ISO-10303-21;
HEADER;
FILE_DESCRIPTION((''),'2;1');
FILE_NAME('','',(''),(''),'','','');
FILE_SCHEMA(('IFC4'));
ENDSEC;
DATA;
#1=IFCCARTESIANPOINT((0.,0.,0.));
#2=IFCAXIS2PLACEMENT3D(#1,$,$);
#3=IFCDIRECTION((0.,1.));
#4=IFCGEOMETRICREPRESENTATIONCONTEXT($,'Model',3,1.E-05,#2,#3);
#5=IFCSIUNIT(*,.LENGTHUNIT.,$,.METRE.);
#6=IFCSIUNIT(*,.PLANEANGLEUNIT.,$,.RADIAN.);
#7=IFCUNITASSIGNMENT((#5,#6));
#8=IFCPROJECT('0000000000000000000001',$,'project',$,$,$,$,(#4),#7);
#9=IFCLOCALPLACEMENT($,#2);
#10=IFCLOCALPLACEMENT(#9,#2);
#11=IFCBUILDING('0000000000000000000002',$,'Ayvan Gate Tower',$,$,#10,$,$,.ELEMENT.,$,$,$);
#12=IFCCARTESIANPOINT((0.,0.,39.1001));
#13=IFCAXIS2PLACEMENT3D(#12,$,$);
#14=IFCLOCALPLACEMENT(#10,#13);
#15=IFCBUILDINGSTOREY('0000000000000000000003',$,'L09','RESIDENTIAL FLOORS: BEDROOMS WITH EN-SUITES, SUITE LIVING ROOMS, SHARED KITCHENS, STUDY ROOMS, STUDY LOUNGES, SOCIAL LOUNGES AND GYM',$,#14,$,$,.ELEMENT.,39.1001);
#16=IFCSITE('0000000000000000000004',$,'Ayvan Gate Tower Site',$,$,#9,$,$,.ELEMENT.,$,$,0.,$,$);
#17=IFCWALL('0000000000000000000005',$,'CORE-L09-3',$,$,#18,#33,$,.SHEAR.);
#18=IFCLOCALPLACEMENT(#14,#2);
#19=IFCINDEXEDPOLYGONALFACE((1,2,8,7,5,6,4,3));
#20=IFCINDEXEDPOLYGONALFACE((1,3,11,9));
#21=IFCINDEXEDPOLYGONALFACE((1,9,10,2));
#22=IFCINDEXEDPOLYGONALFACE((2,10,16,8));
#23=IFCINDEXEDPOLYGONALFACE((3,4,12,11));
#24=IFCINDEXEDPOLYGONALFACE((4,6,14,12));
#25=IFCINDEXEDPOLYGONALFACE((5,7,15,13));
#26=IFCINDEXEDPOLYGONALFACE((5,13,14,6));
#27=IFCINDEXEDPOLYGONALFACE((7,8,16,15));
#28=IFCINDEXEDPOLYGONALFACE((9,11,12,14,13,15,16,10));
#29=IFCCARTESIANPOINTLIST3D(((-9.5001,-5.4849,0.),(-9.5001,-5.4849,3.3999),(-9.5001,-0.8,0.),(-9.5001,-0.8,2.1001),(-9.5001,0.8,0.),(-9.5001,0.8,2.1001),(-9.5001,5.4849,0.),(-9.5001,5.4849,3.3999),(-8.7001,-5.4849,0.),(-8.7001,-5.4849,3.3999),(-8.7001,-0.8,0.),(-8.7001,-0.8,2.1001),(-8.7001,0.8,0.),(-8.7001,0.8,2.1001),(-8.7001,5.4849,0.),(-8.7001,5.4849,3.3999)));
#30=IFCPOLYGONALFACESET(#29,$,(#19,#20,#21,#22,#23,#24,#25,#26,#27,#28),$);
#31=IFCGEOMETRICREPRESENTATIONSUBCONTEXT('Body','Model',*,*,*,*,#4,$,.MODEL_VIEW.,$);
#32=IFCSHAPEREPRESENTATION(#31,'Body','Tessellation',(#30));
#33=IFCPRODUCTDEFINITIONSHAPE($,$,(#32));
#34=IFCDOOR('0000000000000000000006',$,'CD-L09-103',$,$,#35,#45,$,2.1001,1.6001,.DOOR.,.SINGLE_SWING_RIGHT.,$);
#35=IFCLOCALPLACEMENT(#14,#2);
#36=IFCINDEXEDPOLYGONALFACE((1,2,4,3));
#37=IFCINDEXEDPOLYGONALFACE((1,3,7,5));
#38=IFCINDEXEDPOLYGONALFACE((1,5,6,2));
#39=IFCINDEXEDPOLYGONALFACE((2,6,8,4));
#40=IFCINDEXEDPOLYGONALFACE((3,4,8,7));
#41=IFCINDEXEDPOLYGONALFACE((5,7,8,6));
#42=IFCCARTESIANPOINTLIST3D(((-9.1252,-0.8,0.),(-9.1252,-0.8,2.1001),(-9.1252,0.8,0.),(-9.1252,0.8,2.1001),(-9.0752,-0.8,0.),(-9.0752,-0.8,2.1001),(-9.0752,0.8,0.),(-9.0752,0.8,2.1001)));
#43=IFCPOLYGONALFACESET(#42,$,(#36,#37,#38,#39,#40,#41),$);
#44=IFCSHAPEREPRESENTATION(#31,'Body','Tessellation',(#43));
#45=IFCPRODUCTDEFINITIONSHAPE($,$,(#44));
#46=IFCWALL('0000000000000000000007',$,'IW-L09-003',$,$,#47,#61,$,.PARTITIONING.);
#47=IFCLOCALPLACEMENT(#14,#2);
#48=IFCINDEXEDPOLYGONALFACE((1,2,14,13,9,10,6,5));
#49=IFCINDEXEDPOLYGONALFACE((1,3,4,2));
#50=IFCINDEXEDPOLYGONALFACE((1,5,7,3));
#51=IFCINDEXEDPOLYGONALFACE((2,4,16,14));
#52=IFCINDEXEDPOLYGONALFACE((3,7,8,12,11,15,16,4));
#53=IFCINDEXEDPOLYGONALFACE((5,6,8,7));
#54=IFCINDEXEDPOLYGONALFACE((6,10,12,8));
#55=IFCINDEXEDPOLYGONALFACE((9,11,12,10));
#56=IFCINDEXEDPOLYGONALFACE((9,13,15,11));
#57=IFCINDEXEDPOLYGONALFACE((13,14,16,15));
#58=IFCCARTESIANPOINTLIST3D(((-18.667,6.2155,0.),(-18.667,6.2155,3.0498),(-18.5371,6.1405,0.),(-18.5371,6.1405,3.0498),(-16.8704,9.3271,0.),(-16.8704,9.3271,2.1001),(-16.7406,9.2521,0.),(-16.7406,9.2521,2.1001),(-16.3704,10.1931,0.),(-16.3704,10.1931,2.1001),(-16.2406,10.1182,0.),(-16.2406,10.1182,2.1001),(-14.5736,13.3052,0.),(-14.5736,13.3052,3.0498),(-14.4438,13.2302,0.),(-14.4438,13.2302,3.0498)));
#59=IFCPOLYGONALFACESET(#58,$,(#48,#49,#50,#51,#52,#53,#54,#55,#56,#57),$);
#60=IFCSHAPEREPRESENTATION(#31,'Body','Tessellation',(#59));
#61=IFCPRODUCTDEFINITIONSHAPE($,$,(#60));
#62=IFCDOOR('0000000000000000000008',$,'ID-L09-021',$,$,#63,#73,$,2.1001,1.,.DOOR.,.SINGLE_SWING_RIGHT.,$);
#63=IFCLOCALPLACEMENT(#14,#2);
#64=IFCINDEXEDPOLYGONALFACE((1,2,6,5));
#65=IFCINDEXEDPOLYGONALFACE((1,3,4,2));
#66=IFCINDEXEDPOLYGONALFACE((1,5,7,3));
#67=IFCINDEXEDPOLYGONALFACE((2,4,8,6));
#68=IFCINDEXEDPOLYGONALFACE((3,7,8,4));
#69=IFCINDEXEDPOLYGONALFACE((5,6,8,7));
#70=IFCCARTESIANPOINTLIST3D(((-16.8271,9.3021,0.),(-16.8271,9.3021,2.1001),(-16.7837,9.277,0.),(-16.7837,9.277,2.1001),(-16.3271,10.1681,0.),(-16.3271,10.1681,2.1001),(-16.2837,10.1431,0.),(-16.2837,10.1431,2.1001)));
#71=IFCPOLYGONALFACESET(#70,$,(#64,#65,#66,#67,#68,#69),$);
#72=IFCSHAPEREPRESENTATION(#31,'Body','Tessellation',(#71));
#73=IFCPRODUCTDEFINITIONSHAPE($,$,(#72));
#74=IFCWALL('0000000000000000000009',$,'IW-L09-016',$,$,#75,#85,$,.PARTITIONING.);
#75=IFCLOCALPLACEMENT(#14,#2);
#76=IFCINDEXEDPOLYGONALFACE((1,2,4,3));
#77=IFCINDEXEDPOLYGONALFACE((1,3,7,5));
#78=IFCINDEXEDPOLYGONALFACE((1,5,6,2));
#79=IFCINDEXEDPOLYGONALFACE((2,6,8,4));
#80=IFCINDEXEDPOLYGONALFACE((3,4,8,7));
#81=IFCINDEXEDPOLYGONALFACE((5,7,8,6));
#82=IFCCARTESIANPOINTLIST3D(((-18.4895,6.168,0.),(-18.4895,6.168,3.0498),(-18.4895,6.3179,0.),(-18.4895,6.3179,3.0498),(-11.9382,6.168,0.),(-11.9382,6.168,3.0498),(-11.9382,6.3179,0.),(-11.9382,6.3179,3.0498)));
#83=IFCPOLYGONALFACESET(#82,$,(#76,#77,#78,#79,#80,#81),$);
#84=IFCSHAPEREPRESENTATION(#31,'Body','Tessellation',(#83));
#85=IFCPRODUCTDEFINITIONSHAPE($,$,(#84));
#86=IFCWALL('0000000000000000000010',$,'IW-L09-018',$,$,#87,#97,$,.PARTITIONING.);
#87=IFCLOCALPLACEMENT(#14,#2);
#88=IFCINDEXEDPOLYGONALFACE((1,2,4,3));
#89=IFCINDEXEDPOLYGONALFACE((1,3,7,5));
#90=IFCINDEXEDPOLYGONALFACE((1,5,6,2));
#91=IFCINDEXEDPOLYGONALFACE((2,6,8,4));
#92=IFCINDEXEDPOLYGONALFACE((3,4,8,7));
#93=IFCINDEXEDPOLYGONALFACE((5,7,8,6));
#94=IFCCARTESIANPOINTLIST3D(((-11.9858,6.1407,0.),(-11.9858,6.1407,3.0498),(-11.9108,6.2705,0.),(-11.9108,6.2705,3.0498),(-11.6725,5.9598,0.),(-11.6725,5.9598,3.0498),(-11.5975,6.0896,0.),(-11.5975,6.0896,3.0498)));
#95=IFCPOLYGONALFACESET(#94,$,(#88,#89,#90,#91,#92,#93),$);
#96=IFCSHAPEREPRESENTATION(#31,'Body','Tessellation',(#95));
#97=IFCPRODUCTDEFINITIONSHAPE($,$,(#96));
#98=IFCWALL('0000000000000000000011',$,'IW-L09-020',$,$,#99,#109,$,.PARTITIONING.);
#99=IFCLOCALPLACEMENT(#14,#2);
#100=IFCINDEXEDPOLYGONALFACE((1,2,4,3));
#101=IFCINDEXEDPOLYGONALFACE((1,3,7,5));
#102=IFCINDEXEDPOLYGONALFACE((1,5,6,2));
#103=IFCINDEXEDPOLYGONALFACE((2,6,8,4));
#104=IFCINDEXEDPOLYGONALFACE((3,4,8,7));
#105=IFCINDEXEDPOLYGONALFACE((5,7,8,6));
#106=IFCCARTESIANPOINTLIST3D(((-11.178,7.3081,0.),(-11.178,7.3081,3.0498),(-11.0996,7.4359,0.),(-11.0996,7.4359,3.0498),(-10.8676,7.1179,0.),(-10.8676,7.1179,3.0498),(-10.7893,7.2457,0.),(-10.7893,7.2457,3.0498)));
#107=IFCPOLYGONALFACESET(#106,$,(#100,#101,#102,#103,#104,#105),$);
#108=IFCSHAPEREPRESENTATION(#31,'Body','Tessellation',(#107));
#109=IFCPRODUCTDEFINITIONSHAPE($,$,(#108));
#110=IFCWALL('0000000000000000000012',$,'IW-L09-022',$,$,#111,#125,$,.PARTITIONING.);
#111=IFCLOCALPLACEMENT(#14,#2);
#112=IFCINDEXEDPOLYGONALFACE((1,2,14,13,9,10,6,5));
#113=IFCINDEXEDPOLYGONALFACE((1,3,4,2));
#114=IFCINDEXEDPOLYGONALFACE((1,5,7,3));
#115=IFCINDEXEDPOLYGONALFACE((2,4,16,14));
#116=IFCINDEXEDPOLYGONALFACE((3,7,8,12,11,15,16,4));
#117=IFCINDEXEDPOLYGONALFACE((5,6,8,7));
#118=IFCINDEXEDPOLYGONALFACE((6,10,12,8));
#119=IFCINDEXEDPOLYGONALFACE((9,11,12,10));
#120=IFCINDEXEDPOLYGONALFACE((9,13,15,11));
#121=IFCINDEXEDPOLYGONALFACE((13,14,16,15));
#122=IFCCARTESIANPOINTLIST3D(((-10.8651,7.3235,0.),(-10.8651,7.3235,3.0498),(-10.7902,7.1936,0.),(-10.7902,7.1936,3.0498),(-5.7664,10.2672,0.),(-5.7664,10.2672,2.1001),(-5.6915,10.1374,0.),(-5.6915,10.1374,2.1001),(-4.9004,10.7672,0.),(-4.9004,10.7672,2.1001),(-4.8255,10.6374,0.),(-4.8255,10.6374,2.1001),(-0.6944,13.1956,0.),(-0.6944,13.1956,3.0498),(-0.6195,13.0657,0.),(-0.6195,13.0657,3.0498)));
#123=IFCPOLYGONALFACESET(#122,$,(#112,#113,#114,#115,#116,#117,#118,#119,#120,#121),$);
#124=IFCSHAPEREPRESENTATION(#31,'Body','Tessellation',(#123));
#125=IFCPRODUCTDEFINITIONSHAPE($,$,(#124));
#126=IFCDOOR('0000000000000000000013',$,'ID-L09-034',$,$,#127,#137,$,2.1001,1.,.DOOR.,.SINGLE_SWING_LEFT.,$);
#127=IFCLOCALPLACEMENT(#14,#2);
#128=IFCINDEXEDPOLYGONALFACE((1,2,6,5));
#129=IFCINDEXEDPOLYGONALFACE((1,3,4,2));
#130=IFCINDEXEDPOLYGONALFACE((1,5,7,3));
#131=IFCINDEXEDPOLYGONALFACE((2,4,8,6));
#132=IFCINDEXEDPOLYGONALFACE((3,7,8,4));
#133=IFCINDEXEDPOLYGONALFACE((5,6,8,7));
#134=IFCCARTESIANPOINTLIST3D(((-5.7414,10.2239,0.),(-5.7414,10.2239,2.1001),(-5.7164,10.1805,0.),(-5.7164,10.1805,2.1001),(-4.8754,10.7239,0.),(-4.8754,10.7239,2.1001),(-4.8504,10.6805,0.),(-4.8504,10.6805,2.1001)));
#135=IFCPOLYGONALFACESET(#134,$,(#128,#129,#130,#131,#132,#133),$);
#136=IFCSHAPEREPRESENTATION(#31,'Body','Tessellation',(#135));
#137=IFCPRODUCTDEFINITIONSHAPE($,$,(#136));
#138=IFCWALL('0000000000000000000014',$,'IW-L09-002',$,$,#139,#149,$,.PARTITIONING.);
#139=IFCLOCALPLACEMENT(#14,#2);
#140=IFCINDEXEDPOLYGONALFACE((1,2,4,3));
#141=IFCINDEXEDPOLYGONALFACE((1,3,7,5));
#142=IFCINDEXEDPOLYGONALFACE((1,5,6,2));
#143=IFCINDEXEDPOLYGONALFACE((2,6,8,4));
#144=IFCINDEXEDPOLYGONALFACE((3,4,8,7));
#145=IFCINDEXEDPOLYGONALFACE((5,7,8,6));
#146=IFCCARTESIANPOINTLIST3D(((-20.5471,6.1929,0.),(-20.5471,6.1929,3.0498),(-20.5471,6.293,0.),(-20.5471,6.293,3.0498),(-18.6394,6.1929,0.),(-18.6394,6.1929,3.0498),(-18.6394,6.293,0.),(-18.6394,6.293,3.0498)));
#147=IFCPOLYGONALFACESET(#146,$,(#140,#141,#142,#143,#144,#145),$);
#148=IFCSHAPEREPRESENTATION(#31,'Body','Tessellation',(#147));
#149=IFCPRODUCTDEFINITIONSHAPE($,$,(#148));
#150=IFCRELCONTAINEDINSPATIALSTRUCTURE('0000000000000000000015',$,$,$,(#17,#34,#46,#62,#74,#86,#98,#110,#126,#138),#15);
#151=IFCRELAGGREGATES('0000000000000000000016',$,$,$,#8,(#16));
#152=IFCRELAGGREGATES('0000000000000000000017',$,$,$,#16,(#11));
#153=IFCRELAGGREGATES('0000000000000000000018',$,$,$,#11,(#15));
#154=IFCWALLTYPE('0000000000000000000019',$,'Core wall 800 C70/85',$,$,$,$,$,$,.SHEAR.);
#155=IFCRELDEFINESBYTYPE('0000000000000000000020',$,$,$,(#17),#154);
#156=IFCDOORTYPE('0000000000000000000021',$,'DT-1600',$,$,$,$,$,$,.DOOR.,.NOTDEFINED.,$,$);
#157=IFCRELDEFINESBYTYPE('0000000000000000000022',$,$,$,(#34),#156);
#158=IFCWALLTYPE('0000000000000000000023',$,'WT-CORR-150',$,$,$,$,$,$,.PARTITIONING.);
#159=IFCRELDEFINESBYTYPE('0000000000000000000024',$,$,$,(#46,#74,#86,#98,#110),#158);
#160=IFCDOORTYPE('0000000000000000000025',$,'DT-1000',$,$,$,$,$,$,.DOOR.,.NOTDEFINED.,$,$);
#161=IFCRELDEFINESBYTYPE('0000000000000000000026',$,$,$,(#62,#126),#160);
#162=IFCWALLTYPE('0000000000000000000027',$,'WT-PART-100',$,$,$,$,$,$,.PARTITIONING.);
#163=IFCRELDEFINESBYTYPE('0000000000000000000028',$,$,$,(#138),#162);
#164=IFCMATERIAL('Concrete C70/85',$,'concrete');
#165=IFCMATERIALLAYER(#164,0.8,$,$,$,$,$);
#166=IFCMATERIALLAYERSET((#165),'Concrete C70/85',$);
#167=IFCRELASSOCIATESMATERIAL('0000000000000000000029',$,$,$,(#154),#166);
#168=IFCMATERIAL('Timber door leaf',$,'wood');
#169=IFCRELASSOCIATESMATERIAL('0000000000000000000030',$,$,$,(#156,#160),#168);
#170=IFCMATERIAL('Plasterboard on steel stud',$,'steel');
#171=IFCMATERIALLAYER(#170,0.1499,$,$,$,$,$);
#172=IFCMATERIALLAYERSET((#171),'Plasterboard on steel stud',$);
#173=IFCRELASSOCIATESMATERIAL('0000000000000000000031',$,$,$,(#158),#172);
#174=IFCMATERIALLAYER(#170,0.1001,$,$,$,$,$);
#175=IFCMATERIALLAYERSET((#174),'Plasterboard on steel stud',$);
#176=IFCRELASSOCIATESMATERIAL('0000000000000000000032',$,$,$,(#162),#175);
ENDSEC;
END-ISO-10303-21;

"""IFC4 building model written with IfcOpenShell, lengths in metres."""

from ifc_helpers import new_model, si_unit, direction, frame, frame_2d, origin, place, context, subcontext, project, spatial, rectangle, extrude, material, layer, layer_set, type_object, element, fill, save


model = new_model("IFC4")

# Units and contexts
model_context = context("Model", 3, precision=1e-05, world=origin(), true_north=direction((0.0, 1.0)))
body_context = subcontext(model_context, "Body", "Model", "MODEL_VIEW")
ifc_project = project(units=[si_unit("LENGTHUNIT", "METRE"), si_unit("PLANEANGLEUNIT", "RADIAN")], contexts=[model_context])

# Site, building, storey
site_placement = place(None, origin())
site = spatial("IfcSite", under=ifc_project, at=site_placement, Name="Ayvan Gate Tower Site", CompositionType="ELEMENT", RefElevation=0.0)
building_placement = place(site_placement, origin())
building = spatial("IfcBuilding", under=site, at=building_placement, Name="Ayvan Gate Tower", CompositionType="ELEMENT")
storey_placement = place(building_placement, frame((0.0, 0.0, 39.1001)))
storey = spatial("IfcBuildingStorey", under=building, at=storey_placement, Name="L09", Description="RESIDENTIAL FLOORS: BEDROOMS WITH EN-SUITES, SUITE LIVING ROOMS, SHARED KITCHENS, STUDY ROOMS, STUDY LOUNGES, SOCIAL LOUNGES AND GYM", CompositionType="ELEMENT", Elevation=39.1001)

# Shared definitions
ifc_material_1 = material(Name="Concrete C70/85", Category="concrete")

# Walls, openings, doors
ifc_layer_1 = layer(ifc_material_1, 0.8)
ifc_layer_set_1 = layer_set([ifc_layer_1], Name="Concrete C70/85")
wall_type_1 = type_object("IfcWallType", Name="Core wall 800 C70/85", PredefinedType="SHEAR", material=ifc_layer_set_1)
wall_1_placement = place(storey_placement, frame((-9.1001, 5.4849, 0.0), z_axis=(0.0, 0.0, 1.0), x_axis=(0.0, -1.0, 0.0)))
wall_1 = element("IfcWall", 1, at=wall_1_placement, inside=storey, type_object=wall_type_1, Name="CORE-L09-3", PredefinedType="SHEAR", context=body_context, shape_type="SweptSolid", body=[
    extrude(rectangle(XDim=10.9697, YDim=0.8, at=frame_2d((5.4849, 0.0))), origin(), (0.0, 0.0, 1.0), 3.3999),
])
opening_1_placement = place(wall_1_placement, frame((4.6848, 0.0, 0.0)))
opening_1 = element("IfcOpeningElement", 2, at=opening_1_placement, cuts=wall_1, PredefinedType="OPENING", context=body_context, shape_type="SweptSolid", body=[
    extrude(rectangle(XDim=1.6001, YDim=2.1001, at=frame_2d((0.8, 1.05))), frame((0.0, 0.4099, 0.0), z_axis=(0.0, -1.0, 0.0), x_axis=(1.0, 0.0, 0.0)), (0.0, 0.0, 1.0), 0.8201),
])
ifc_material_2 = material(Name="Timber door leaf", Category="wood")
door_type_1 = type_object("IfcDoorType", Name="DT-1600", OperationType="NOTDEFINED", PredefinedType="DOOR", material=ifc_material_2)
door_1_placement = place(opening_1_placement, origin())
door_1 = element("IfcDoor", 3, at=door_1_placement, inside=storey, type_object=door_type_1, Name="CD-L09-103", OperationType="SINGLE_SWING_RIGHT", OverallHeight=2.1001, OverallWidth=1.6001, PredefinedType="DOOR", context=body_context, shape_type="SweptSolid", body=[
    extrude(rectangle(XDim=1.6001, YDim=2.1001, at=frame_2d((0.8, 1.05))), frame((0.0, 0.0249, 0.0), z_axis=(0.0, -1.0, 0.0), x_axis=(1.0, 0.0, 0.0)), (0.0, 0.0, 1.0), 0.05),
])
fill(opening_1, door_1)
ifc_material_3 = material(Name="Plasterboard on steel stud", Category="steel")
ifc_layer_2 = layer(ifc_material_3, 0.1499)
ifc_layer_set_2 = layer_set([ifc_layer_2], Name="Plasterboard on steel stud")
wall_type_2 = type_object("IfcWallType", Name="WT-CORR-150", PredefinedType="PARTITIONING", material=ifc_layer_set_2)
wall_2_placement = place(storey_placement, frame((-18.6021, 6.178, 0.0), z_axis=(0.0, 0.0, 1.0), x_axis=(0.500007, 0.866021, 0.0)))
wall_2 = element("IfcWall", 4, at=wall_2_placement, inside=storey, type_object=wall_type_2, Name="IW-L09-003", PredefinedType="PARTITIONING", context=body_context, shape_type="SweptSolid", body=[
    extrude(rectangle(XDim=8.1865, YDim=0.1499, at=frame_2d((4.0933, 0.0))), origin(), (0.0, 0.0, 1.0), 3.0498),
])
opening_2_placement = place(wall_2_placement, frame((3.593, 0.0, 0.0)))
opening_2 = element("IfcOpeningElement", 5, at=opening_2_placement, cuts=wall_2, PredefinedType="OPENING", context=body_context, shape_type="SweptSolid", body=[
    extrude(rectangle(XDim=1.0, YDim=2.1001, at=frame_2d((0.5, 1.05))), frame((0.0, 0.085, 0.0), z_axis=(0.0, -1.0, 0.0), x_axis=(1.0, 0.0, 0.0)), (0.0, 0.0, 1.0), 0.1699),
])
door_type_2 = type_object("IfcDoorType", Name="DT-1000", OperationType="NOTDEFINED", PredefinedType="DOOR", material=ifc_material_2)
door_2_placement = place(opening_2_placement, origin())
door_2 = element("IfcDoor", 6, at=door_2_placement, inside=storey, type_object=door_type_2, Name="ID-L09-021", OperationType="SINGLE_SWING_RIGHT", OverallHeight=2.1001, OverallWidth=1.0, PredefinedType="DOOR", context=body_context, shape_type="SweptSolid", body=[
    extrude(rectangle(XDim=1.0, YDim=2.1001, at=frame_2d((0.5, 1.05))), frame((0.0, 0.0249, 0.0), z_axis=(0.0, -1.0, 0.0), x_axis=(1.0, 0.0, 0.0)), (0.0, 0.0, 1.0), 0.05),
])
fill(opening_2, door_2)

# Walls
wall_3_placement = place(storey_placement, frame((-11.9382, 6.2429, 0.0), z_axis=(0.0, 0.0, 1.0), x_axis=(-1.0, 0.0, 0.0)))
element("IfcWall", 7, at=wall_3_placement, inside=storey, type_object=wall_type_2, Name="IW-L09-016", PredefinedType="PARTITIONING", context=body_context, shape_type="SweptSolid", body=[
    extrude(rectangle(XDim=6.5513, YDim=0.1499, at=frame_2d((3.2756, 0.0))), origin(), (0.0, 0.0, 1.0), 3.0498),
])
wall_4_placement = place(storey_placement, frame((-11.635, 6.0247, 0.0), z_axis=(0.0, 0.0, 1.0), x_axis=(-0.86595, 0.500131, 0.0)))
element("IfcWall", 8, at=wall_4_placement, inside=storey, type_object=wall_type_2, Name="IW-L09-018", PredefinedType="PARTITIONING", context=body_context, shape_type="SweptSolid", body=[
    extrude(rectangle(XDim=0.3618, YDim=0.1499, at=frame_2d((0.1809, 0.0))), origin(), (0.0, 0.0, 1.0), 3.0498),
])
wall_5_placement = place(storey_placement, frame((-11.1389, 7.3721, 0.0), z_axis=(0.0, 0.0, 1.0), x_axis=(0.852601, -0.522562, 0.0)))
element("IfcWall", 9, at=wall_5_placement, inside=storey, type_object=wall_type_2, Name="IW-L09-020", PredefinedType="PARTITIONING", context=body_context, shape_type="SweptSolid", body=[
    extrude(rectangle(XDim=0.364, YDim=0.1499, at=frame_2d((0.1821, 0.0))), origin(), (0.0, 0.0, 1.0), 3.0498),
])

# Wall, opening, door
wall_6_placement = place(storey_placement, frame((-10.8276, 7.2585, 0.0), z_axis=(0.0, 0.0, 1.0), x_axis=(0.866024, 0.500003, 0.0)))
wall_6 = element("IfcWall", 10, at=wall_6_placement, inside=storey, type_object=wall_type_2, Name="IW-L09-022", PredefinedType="PARTITIONING", context=body_context, shape_type="SweptSolid", body=[
    extrude(rectangle(XDim=11.7441, YDim=0.1499, at=frame_2d((5.8721, 0.0))), origin(), (0.0, 0.0, 1.0), 3.0498),
])
opening_3_placement = place(wall_6_placement, frame((5.8875, 0.0, 0.0)))
opening_3 = element("IfcOpeningElement", 11, at=opening_3_placement, cuts=wall_6, PredefinedType="OPENING", context=body_context, shape_type="SweptSolid", body=[
    extrude(rectangle(XDim=1.0, YDim=2.1001, at=frame_2d((0.5, 1.05))), frame((0.0, 0.085, 0.0), z_axis=(0.0, -1.0, 0.0), x_axis=(1.0, 0.0, 0.0)), (0.0, 0.0, 1.0), 0.1699),
])
door_3_placement = place(opening_3_placement, origin())
door_3 = element("IfcDoor", 12, at=door_3_placement, inside=storey, type_object=door_type_2, Name="ID-L09-034", OperationType="SINGLE_SWING_LEFT", OverallHeight=2.1001, OverallWidth=1.0, PredefinedType="DOOR", context=body_context, shape_type="SweptSolid", body=[
    extrude(rectangle(XDim=1.0, YDim=2.1001, at=frame_2d((0.5, 1.05))), frame((0.0, 0.0249, 0.0), z_axis=(0.0, -1.0, 0.0), x_axis=(1.0, 0.0, 0.0)), (0.0, 0.0, 1.0), 0.05),
])
fill(opening_3, door_3)

# Wall
ifc_layer_3 = layer(ifc_material_3, 0.1001)
ifc_layer_set_3 = layer_set([ifc_layer_3], Name="Plasterboard on steel stud")
wall_type_3 = type_object("IfcWallType", Name="WT-PART-100", PredefinedType="PARTITIONING", material=ifc_layer_set_3)
wall_7_placement = place(storey_placement, frame((-18.6394, 6.2429, 0.0), z_axis=(0.0, 0.0, 1.0), x_axis=(-1.0, 0.0, 0.0)))
element("IfcWall", 13, at=wall_7_placement, inside=storey, type_object=wall_type_3, Name="IW-L09-002", PredefinedType="PARTITIONING", context=body_context, shape_type="SweptSolid", body=[
    extrude(rectangle(XDim=1.9077, YDim=0.1001, at=frame_2d((0.9539, 0.0))), origin(), (0.0, 0.0, 1.0), 3.0498),
])

save(model, "model.ifc")
